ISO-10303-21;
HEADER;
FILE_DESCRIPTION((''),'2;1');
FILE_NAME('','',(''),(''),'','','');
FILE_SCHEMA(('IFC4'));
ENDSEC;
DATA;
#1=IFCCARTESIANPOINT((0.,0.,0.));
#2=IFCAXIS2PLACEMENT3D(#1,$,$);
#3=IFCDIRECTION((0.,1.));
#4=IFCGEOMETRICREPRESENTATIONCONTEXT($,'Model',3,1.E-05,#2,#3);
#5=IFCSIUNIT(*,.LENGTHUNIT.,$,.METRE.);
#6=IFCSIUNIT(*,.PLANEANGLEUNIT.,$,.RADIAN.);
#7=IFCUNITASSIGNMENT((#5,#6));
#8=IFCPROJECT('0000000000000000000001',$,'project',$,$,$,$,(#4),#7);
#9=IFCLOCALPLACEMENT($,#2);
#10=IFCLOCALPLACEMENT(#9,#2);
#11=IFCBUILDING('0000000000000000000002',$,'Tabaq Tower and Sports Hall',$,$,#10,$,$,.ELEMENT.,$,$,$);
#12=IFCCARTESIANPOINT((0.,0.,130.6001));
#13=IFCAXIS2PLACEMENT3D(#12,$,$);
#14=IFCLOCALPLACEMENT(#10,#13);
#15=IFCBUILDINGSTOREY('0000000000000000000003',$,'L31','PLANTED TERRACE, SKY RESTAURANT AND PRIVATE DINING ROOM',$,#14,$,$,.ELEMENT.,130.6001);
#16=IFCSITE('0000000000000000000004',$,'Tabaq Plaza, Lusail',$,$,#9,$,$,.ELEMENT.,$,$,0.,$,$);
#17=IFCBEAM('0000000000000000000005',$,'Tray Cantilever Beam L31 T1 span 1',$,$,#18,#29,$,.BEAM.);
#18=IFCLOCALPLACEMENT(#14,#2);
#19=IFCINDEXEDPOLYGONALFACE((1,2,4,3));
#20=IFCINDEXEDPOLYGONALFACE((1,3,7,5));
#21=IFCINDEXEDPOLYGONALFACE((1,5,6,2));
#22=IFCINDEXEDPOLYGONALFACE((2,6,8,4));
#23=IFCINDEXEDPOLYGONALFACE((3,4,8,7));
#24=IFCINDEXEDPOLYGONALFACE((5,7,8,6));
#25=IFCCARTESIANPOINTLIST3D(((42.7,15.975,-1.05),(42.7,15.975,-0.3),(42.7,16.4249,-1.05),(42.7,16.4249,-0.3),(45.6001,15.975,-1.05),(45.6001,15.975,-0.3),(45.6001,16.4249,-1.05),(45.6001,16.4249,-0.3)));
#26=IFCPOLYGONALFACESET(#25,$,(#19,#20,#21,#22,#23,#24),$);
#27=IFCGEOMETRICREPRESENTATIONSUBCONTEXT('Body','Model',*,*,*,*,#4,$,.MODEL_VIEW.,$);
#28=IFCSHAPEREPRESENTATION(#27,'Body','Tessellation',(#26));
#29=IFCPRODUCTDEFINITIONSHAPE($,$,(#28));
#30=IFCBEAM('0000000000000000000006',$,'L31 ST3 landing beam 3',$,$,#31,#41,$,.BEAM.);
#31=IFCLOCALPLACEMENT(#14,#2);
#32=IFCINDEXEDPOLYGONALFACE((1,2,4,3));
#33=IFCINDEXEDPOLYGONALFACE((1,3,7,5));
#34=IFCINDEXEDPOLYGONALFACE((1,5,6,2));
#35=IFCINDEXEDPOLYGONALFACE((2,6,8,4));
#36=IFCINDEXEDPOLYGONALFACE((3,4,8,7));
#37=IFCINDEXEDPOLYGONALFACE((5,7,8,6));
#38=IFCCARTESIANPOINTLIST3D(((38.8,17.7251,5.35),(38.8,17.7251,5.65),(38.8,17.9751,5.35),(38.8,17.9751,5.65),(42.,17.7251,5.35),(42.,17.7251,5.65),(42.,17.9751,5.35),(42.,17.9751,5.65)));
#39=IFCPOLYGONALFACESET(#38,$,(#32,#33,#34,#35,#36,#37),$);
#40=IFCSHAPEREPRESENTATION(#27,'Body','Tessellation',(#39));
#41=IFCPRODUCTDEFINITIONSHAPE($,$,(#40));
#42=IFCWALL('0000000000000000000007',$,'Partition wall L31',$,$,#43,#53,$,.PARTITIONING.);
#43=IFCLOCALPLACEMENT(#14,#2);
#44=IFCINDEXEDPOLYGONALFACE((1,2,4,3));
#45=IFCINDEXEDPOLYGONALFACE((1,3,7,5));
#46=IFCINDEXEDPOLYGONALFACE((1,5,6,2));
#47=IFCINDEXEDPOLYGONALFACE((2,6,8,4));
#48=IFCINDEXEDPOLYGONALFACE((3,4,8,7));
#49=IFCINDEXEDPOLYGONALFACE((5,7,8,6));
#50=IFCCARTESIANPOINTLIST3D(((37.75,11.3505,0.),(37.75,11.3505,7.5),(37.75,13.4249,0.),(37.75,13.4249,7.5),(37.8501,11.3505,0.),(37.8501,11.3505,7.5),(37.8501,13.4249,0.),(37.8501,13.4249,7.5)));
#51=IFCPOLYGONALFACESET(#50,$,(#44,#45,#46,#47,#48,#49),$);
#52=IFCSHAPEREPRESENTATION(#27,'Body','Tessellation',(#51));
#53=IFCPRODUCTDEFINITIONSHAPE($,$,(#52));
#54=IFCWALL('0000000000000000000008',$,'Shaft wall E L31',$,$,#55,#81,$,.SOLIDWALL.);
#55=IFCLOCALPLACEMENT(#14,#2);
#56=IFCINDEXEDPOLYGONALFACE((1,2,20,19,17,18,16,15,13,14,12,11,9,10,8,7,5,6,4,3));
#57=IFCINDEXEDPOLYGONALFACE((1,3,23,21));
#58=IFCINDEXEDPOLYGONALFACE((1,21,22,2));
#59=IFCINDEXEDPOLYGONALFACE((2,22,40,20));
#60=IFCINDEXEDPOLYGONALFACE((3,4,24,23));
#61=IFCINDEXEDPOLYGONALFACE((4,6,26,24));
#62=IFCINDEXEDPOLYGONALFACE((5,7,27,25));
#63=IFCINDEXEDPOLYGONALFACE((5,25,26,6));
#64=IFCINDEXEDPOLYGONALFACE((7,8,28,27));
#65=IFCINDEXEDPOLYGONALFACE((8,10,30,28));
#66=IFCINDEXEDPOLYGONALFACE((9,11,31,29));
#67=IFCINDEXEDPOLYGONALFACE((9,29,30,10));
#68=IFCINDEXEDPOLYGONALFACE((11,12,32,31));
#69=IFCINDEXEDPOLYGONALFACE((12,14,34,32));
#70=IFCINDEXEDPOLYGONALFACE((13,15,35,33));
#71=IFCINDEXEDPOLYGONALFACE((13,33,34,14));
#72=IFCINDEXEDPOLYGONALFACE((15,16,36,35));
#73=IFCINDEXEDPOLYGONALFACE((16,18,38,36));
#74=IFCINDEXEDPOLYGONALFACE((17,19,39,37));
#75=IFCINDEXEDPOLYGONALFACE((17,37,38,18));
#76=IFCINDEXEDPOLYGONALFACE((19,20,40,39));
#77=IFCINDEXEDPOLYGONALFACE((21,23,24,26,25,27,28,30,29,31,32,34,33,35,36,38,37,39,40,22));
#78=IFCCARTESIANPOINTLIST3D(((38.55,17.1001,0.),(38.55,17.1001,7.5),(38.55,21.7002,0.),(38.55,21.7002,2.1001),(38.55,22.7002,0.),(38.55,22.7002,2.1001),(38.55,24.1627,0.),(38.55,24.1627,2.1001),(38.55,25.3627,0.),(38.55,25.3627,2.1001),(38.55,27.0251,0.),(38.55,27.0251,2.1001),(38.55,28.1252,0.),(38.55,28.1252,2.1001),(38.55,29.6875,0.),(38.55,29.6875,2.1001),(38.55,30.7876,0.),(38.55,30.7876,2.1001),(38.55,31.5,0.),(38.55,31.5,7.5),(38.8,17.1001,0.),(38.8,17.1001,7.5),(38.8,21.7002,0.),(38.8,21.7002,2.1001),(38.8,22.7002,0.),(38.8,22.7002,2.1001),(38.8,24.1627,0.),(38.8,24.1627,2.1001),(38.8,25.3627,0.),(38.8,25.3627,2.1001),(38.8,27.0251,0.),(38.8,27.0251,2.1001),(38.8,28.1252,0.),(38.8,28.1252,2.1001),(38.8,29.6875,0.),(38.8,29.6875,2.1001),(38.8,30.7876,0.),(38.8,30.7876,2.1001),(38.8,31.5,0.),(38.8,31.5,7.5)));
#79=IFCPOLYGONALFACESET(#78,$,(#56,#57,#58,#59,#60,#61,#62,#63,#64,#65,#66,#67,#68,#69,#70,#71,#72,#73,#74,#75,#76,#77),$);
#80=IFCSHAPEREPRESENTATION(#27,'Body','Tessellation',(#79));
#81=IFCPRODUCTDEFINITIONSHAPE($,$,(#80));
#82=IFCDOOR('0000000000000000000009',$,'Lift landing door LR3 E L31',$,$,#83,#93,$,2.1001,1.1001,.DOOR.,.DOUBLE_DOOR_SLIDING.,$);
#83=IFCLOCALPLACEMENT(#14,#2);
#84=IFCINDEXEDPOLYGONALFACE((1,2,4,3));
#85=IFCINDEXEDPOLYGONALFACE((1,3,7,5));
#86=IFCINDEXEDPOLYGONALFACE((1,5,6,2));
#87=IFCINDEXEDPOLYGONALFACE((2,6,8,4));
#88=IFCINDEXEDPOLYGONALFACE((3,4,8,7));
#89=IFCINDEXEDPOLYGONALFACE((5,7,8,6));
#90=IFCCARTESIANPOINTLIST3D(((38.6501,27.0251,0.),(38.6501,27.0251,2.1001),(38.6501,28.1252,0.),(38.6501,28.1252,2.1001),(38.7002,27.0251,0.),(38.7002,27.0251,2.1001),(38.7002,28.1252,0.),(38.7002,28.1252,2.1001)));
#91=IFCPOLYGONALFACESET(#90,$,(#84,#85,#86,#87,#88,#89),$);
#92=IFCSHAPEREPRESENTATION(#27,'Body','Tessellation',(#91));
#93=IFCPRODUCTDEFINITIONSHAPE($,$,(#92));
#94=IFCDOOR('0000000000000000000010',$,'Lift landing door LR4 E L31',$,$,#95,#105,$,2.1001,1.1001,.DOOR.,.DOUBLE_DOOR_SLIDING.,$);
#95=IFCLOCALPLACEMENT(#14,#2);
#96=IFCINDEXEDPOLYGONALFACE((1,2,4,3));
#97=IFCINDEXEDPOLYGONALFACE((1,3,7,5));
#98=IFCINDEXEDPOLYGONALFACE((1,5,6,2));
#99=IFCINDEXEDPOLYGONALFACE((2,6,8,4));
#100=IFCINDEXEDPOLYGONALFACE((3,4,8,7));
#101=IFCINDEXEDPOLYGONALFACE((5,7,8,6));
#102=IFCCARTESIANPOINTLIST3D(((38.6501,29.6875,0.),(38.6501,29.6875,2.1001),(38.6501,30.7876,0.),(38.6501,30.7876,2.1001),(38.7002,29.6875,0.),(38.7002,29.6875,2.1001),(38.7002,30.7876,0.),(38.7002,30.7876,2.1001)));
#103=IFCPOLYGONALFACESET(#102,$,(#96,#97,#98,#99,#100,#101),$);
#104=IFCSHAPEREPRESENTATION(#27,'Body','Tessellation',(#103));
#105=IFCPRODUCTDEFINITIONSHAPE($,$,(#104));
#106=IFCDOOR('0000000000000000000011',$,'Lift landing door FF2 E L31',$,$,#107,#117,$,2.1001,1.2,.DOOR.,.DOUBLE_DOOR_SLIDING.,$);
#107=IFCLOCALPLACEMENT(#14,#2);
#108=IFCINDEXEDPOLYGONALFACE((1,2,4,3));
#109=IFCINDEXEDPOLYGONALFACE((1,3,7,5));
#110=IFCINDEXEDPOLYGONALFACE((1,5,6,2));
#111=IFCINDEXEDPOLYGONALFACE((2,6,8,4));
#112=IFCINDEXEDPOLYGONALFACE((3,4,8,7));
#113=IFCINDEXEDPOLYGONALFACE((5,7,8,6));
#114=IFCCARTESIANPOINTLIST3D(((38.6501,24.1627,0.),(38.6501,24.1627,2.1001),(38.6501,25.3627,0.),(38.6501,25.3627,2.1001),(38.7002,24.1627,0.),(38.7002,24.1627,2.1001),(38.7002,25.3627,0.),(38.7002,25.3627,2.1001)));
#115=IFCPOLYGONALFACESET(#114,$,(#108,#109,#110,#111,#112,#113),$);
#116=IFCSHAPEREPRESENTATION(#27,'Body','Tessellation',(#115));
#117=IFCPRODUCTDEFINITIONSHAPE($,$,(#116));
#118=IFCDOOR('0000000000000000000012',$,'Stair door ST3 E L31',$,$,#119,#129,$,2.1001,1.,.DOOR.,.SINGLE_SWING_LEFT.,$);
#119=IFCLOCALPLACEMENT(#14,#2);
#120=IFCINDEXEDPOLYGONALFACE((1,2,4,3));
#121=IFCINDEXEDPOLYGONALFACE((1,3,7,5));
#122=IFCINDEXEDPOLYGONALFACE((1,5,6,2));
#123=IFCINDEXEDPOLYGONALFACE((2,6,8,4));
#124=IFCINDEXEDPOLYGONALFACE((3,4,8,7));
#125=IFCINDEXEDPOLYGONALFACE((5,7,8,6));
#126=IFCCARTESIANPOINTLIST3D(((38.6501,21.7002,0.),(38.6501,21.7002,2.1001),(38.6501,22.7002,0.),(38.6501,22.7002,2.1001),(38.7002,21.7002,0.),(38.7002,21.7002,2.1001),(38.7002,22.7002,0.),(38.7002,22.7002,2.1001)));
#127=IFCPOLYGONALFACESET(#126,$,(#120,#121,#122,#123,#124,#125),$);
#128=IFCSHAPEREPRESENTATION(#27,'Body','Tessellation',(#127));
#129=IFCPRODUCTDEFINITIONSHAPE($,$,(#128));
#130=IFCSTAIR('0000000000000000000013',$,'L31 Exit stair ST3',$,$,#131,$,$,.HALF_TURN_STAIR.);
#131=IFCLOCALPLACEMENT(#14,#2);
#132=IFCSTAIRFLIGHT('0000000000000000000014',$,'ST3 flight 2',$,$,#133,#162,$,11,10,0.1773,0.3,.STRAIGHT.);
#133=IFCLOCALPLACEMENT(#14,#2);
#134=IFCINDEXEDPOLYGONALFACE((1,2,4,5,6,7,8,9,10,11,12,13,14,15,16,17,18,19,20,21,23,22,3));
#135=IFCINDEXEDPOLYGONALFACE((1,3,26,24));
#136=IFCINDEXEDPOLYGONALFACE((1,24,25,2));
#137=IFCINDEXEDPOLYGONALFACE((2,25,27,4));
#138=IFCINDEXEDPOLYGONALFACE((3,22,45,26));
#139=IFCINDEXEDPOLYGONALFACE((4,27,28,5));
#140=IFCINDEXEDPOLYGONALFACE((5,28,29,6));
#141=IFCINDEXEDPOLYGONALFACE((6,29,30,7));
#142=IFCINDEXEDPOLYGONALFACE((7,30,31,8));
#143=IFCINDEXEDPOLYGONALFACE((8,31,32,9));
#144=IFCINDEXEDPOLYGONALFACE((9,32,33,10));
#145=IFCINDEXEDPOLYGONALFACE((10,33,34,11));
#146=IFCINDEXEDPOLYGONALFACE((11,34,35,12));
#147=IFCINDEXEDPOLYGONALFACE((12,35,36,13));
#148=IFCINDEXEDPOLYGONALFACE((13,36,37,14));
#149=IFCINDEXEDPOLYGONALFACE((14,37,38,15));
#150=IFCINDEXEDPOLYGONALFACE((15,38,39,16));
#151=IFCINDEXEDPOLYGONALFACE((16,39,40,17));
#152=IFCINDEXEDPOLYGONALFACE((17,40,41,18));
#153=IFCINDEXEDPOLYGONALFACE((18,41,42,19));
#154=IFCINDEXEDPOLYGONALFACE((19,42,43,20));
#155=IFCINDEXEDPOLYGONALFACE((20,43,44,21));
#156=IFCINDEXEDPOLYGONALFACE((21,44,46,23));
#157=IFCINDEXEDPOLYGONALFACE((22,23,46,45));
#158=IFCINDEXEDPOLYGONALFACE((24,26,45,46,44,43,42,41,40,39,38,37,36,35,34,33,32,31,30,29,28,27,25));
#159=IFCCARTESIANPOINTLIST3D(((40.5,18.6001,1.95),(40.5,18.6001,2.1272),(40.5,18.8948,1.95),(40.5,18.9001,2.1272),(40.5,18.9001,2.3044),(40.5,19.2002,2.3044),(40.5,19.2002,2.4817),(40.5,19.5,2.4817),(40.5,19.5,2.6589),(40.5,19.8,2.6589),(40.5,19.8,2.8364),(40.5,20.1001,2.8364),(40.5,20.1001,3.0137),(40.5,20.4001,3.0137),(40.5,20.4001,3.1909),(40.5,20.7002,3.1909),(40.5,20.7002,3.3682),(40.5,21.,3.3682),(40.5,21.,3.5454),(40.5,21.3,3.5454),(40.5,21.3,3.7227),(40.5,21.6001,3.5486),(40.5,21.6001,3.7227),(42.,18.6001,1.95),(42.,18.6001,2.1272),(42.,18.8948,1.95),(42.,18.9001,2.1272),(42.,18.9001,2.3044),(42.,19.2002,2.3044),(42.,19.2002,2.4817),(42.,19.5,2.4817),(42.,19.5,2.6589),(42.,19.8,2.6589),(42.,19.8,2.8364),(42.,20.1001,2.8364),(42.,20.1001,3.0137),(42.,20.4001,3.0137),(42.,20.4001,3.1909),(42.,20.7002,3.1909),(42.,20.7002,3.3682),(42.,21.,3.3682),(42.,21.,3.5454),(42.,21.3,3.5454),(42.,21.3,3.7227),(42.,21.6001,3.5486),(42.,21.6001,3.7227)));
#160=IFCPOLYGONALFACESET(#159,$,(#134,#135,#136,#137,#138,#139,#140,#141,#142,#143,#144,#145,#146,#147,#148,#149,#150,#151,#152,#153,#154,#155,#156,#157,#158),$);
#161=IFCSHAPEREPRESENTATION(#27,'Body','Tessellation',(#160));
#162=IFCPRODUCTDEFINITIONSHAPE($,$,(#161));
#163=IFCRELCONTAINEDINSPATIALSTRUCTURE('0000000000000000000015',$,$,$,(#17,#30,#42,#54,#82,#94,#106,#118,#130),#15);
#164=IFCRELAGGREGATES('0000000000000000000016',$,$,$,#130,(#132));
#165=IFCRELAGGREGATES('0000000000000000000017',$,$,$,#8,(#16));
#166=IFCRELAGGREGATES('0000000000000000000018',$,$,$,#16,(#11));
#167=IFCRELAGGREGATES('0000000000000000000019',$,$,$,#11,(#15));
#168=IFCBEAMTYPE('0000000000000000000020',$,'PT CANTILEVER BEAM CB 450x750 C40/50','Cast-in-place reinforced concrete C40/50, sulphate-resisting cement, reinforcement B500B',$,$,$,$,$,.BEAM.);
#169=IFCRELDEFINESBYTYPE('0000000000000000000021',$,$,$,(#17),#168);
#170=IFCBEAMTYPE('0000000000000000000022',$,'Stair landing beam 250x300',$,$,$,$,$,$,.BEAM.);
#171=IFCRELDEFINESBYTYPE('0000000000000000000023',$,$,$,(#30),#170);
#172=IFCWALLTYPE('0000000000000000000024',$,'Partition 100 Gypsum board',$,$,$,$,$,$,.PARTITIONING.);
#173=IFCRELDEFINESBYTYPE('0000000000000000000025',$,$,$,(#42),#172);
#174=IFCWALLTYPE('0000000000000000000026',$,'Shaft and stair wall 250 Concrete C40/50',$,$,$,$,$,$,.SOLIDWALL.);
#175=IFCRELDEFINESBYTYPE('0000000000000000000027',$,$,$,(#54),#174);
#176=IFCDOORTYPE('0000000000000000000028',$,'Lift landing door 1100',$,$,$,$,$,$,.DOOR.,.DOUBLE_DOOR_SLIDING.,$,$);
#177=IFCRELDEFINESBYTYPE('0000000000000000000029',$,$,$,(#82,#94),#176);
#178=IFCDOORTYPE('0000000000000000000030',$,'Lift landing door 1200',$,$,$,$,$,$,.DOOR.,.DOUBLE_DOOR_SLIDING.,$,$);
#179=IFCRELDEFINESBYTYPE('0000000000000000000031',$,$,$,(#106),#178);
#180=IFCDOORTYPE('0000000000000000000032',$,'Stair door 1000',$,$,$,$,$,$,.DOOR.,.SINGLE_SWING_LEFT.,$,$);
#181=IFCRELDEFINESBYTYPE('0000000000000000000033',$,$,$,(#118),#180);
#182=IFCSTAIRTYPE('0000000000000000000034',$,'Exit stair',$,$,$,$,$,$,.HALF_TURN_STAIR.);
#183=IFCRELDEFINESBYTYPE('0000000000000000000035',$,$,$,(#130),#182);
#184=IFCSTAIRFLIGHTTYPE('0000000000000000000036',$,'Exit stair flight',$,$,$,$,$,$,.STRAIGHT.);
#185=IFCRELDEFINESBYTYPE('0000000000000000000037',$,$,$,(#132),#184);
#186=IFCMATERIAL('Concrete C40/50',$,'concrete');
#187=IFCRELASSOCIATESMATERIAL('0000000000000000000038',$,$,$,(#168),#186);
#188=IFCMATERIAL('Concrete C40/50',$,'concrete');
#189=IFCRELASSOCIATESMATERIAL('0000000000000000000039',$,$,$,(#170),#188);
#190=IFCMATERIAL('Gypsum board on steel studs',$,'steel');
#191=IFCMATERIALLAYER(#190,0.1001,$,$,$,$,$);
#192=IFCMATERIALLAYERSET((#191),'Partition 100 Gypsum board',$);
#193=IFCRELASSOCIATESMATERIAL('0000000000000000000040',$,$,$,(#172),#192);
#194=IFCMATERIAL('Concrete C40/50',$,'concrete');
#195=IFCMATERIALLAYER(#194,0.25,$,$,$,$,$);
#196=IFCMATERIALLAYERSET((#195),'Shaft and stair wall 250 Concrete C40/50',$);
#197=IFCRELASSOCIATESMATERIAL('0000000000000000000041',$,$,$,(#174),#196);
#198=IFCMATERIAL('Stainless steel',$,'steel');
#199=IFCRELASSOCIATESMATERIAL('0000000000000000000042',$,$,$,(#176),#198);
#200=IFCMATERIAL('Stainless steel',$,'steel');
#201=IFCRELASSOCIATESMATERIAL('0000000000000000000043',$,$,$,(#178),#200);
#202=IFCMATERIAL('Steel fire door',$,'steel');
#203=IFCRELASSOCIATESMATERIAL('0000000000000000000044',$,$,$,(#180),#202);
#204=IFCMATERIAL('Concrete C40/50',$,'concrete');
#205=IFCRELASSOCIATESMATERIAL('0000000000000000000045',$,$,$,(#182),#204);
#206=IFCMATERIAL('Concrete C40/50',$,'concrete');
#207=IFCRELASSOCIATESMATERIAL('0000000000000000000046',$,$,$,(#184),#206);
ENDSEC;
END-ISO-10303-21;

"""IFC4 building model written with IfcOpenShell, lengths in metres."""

from ifc_helpers import new_model, si_unit, direction, frame, frame_2d, origin, origin_2d, place, context, subcontext, project, spatial, polyline, rectangle, outline, extrude, material, layer, layer_set, material_profile, profile_set, type_object, element, fill, aggregate, save


model = new_model("IFC4")

# Units and contexts
model_context = context("Model", 3, precision=1e-05, world=origin(), true_north=direction((0.0, 1.0)))
body_context = subcontext(model_context, "Body", "Model", "MODEL_VIEW")
ifc_project = project(units=[si_unit("LENGTHUNIT", "METRE"), si_unit("PLANEANGLEUNIT", "RADIAN")], contexts=[model_context])

# Site, building, storey
site_placement = place(None, origin())
site = spatial("IfcSite", under=ifc_project, at=site_placement, Name="Tabaq Plaza, Lusail", CompositionType="ELEMENT", RefElevation=0.0)
building_placement = place(site_placement, origin())
building = spatial("IfcBuilding", under=site, at=building_placement, Name="Tabaq Tower and Sports Hall", CompositionType="ELEMENT")
storey_placement = place(building_placement, frame((0.0, 0.0, 130.6001)))
storey = spatial("IfcBuildingStorey", under=building, at=storey_placement, Name="L31", Description="PLANTED TERRACE, SKY RESTAURANT AND PRIVATE DINING ROOM", CompositionType="ELEMENT", Elevation=130.6001)

# Beams
ifc_material_1 = material(Name="Concrete C40/50", Category="concrete")
ifc_material_profile_1 = material_profile(ifc_material_1, rectangle(XDim=0.45, YDim=0.75, at=origin_2d()), Name="CB 450x750")
ifc_profile_set_1 = profile_set([ifc_material_profile_1], Name="Concrete C40/50")
beam_type_1 = type_object("IfcBeamType", Name="PT CANTILEVER BEAM CB 450x750 C40/50", Description="Cast-in-place reinforced concrete C40/50, sulphate-resisting cement, reinforcement B500B", PredefinedType="BEAM", material=ifc_profile_set_1)
beam_1_placement = place(storey_placement, frame((45.6001, 16.2, -0.675), z_axis=(-1.0, 0.0, 0.0), x_axis=(0.0, -1.0, 0.0)))
element("IfcBeam", 1, at=beam_1_placement, inside=storey, type_object=beam_type_1, Name="Tray Cantilever Beam L31 T1 span 1", PredefinedType="BEAM", context=body_context, shape_type="SweptSolid", body=[
    extrude(rectangle(XDim=0.45, YDim=0.75, at=origin_2d()), origin(), (0.0, 0.0, 1.0), 2.9001),
])
ifc_material_2 = material(Name="Concrete C40/50", Category="concrete")
ifc_material_profile_2 = material_profile(ifc_material_2, rectangle(XDim=0.25, YDim=0.3, at=origin_2d()), Name="RC 250x300")
ifc_profile_set_2 = profile_set([ifc_material_profile_2], Name="Concrete C40/50")
beam_type_2 = type_object("IfcBeamType", Name="Stair landing beam 250x300", PredefinedType="BEAM", material=ifc_profile_set_2)
beam_2_placement = place(storey_placement, frame((38.8, 17.8501, 5.5), z_axis=(1.0, 0.0, 0.0), x_axis=(0.0, 1.0, 0.0)))
element("IfcBeam", 2, at=beam_2_placement, inside=storey, type_object=beam_type_2, Name="L31 ST3 landing beam 3", PredefinedType="BEAM", context=body_context, shape_type="SweptSolid", body=[
    extrude(rectangle(XDim=0.25, YDim=0.3, at=origin_2d()), origin(), (0.0, 0.0, 1.0), 3.2),
])

# Wall
ifc_material_3 = material(Name="Gypsum board on steel studs", Category="steel")
ifc_layer_1 = layer(ifc_material_3, 0.1001)
ifc_layer_set_1 = layer_set([ifc_layer_1], Name="Partition 100 Gypsum board")
wall_type_1 = type_object("IfcWallType", Name="Partition 100 Gypsum board", PredefinedType="PARTITIONING", material=ifc_layer_set_1)
wall_1_placement = place(storey_placement, frame((37.8, 11.3506, 0.0), z_axis=(0.0, 0.0, 1.0), x_axis=(0.0, 1.0, 0.0)))
element("IfcWall", 3, at=wall_1_placement, inside=storey, type_object=wall_type_1, Name="Partition wall L31", PredefinedType="PARTITIONING", context=body_context, shape_type="SweptSolid", body=[
    extrude(rectangle(XDim=2.0745, YDim=0.1001, at=frame_2d((1.0371, 0.0))), origin(), (0.0, 0.0, 1.0), 7.5),
])

# Wall, openings, doors
ifc_material_4 = material(Name="Concrete C40/50", Category="concrete")
ifc_layer_2 = layer(ifc_material_4, 0.25)
ifc_layer_set_2 = layer_set([ifc_layer_2], Name="Shaft and stair wall 250 Concrete C40/50")
wall_type_2 = type_object("IfcWallType", Name="Shaft and stair wall 250 Concrete C40/50", PredefinedType="SOLIDWALL", material=ifc_layer_set_2)
wall_2_placement = place(storey_placement, frame((38.675, 17.1001, 0.0), z_axis=(0.0, 0.0, 1.0), x_axis=(0.0, 1.0, 0.0)))
wall_2 = element("IfcWall", 4, at=wall_2_placement, inside=storey, type_object=wall_type_2, Name="Shaft wall E L31", PredefinedType="SOLIDWALL", context=body_context, shape_type="SweptSolid", body=[
    extrude(rectangle(XDim=14.3999, YDim=0.25, at=frame_2d((7.2, 0.0))), origin(), (0.0, 0.0, 1.0), 7.5),
])
opening_1_placement = place(wall_2_placement, frame((4.6001, 0.0, 0.0)))
opening_1 = element("IfcOpeningElement", 5, at=opening_1_placement, cuts=wall_2, PredefinedType="OPENING", context=body_context, shape_type="SweptSolid", body=[
    extrude(rectangle(XDim=1.0, YDim=2.1001, at=frame_2d((0.5, 1.05))), frame((0.0, 0.125, 0.0), z_axis=(0.0, -1.0, 0.0), x_axis=(1.0, 0.0, 0.0)), (0.0, 0.0, 1.0), 0.25),
])
opening_2_placement = place(wall_2_placement, frame((7.0625, 0.0, 0.0)))
opening_2 = element("IfcOpeningElement", 6, at=opening_2_placement, cuts=wall_2, PredefinedType="OPENING", context=body_context, shape_type="SweptSolid", body=[
    extrude(rectangle(XDim=1.2, YDim=2.1001, at=frame_2d((0.6001, 1.05))), frame((0.0, 0.125, 0.0), z_axis=(0.0, -1.0, 0.0), x_axis=(1.0, 0.0, 0.0)), (0.0, 0.0, 1.0), 0.25),
])
opening_3_placement = place(wall_2_placement, frame((9.925, 0.0, 0.0)))
opening_3 = element("IfcOpeningElement", 7, at=opening_3_placement, cuts=wall_2, PredefinedType="OPENING", context=body_context, shape_type="SweptSolid", body=[
    extrude(rectangle(XDim=1.1001, YDim=2.1001, at=frame_2d((0.55, 1.05))), frame((0.0, 0.125, 0.0), z_axis=(0.0, -1.0, 0.0), x_axis=(1.0, 0.0, 0.0)), (0.0, 0.0, 1.0), 0.25),
])
opening_4_placement = place(wall_2_placement, frame((12.5874, 0.0, 0.0)))
opening_4 = element("IfcOpeningElement", 8, at=opening_4_placement, cuts=wall_2, PredefinedType="OPENING", context=body_context, shape_type="SweptSolid", body=[
    extrude(rectangle(XDim=1.1001, YDim=2.1001, at=frame_2d((0.55, 1.05))), frame((0.0, 0.125, 0.0), z_axis=(0.0, -1.0, 0.0), x_axis=(1.0, 0.0, 0.0)), (0.0, 0.0, 1.0), 0.25),
])
ifc_material_5 = material(Name="Stainless steel", Category="steel")
door_type_1 = type_object("IfcDoorType", Name="Lift landing door 1100", OperationType="DOUBLE_DOOR_SLIDING", PredefinedType="DOOR", material=ifc_material_5)
door_1_placement = place(opening_3_placement, origin())
door_1 = element("IfcDoor", 9, at=door_1_placement, inside=storey, type_object=door_type_1, Name="Lift landing door LR3 E L31", OperationType="DOUBLE_DOOR_SLIDING", OverallHeight=2.1001, OverallWidth=1.1001, PredefinedType="DOOR", context=body_context, shape_type="SweptSolid", body=[
    extrude(rectangle(XDim=1.1001, YDim=2.1001, at=frame_2d((0.55, 1.05))), frame((0.0, 0.0249, 0.0), z_axis=(0.0, -1.0, 0.0), x_axis=(1.0, 0.0, 0.0)), (0.0, 0.0, 1.0), 0.05),
])
fill(opening_3, door_1)
door_2_placement = place(opening_4_placement, origin())
door_2 = element("IfcDoor", 10, at=door_2_placement, inside=storey, type_object=door_type_1, Name="Lift landing door LR4 E L31", OperationType="DOUBLE_DOOR_SLIDING", OverallHeight=2.1001, OverallWidth=1.1001, PredefinedType="DOOR", context=body_context, shape_type="SweptSolid", body=[
    extrude(rectangle(XDim=1.1001, YDim=2.1001, at=frame_2d((0.55, 1.05))), frame((0.0, 0.0249, 0.0), z_axis=(0.0, -1.0, 0.0), x_axis=(1.0, 0.0, 0.0)), (0.0, 0.0, 1.0), 0.05),
])
fill(opening_4, door_2)
ifc_material_6 = material(Name="Stainless steel", Category="steel")
door_type_2 = type_object("IfcDoorType", Name="Lift landing door 1200", OperationType="DOUBLE_DOOR_SLIDING", PredefinedType="DOOR", material=ifc_material_6)
door_3_placement = place(opening_2_placement, origin())
door_3 = element("IfcDoor", 11, at=door_3_placement, inside=storey, type_object=door_type_2, Name="Lift landing door FF2 E L31", OperationType="DOUBLE_DOOR_SLIDING", OverallHeight=2.1001, OverallWidth=1.2, PredefinedType="DOOR", context=body_context, shape_type="SweptSolid", body=[
    extrude(rectangle(XDim=1.2, YDim=2.1001, at=frame_2d((0.6001, 1.05))), frame((0.0, 0.0249, 0.0), z_axis=(0.0, -1.0, 0.0), x_axis=(1.0, 0.0, 0.0)), (0.0, 0.0, 1.0), 0.05),
])
fill(opening_2, door_3)
ifc_material_7 = material(Name="Steel fire door", Category="steel")
door_type_3 = type_object("IfcDoorType", Name="Stair door 1000", OperationType="SINGLE_SWING_LEFT", PredefinedType="DOOR", material=ifc_material_7)
door_4_placement = place(opening_1_placement, origin())
door_4 = element("IfcDoor", 12, at=door_4_placement, inside=storey, type_object=door_type_3, Name="Stair door ST3 E L31", OperationType="SINGLE_SWING_LEFT", OverallHeight=2.1001, OverallWidth=1.0, PredefinedType="DOOR", context=body_context, shape_type="SweptSolid", body=[
    extrude(rectangle(XDim=1.0, YDim=2.1001, at=frame_2d((0.5, 1.05))), frame((0.0, 0.0249, 0.0), z_axis=(0.0, -1.0, 0.0), x_axis=(1.0, 0.0, 0.0)), (0.0, 0.0, 1.0), 0.05),
])
fill(opening_1, door_4)

# Stair, stair flight
ifc_material_8 = material(Name="Concrete C40/50", Category="concrete")
stair_type = type_object("IfcStairType", Name="Exit stair", PredefinedType="HALF_TURN_STAIR", material=ifc_material_8)
stair_placement = place(storey_placement, origin())
stair = element("IfcStair", 13, at=stair_placement, inside=storey, type_object=stair_type, Name="L31 Exit stair ST3", PredefinedType="HALF_TURN_STAIR")
ifc_material_9 = material(Name="Concrete C40/50", Category="concrete")
stair_flight_type = type_object("IfcStairFlightType", Name="Exit stair flight", PredefinedType="STRAIGHT", material=ifc_material_9)
stair_flight_1_placement = place(storey_placement, frame((41.25, 18.6001, 1.95), z_axis=(0.0, 0.0, 1.0), x_axis=(0.0, 1.0, 0.0)))
stair_flight_1 = element("IfcStairFlight", 14, at=stair_flight_1_placement, type_object=stair_flight_type, Name="ST3 flight 2", NumberOfRisers=11, NumberOfTreads=10, PredefinedType="STRAIGHT", RiserHeight=0.1773, TreadLength=0.3, context=body_context, shape_type="SweptSolid", body=[
    extrude(outline(polyline([(0.0, 0.0), (0.0, 0.1772), (0.3, 0.1772), (0.3, 0.3545), (0.6001, 0.3545), (0.6001, 0.5317), (0.8999, 0.5317), (0.8999, 0.709), (1.2, 0.709), (1.2, 0.8865), (1.5, 0.8865), (1.5, 1.0637), (1.8, 1.0637), (1.8, 1.241), (2.1001, 1.241), (2.1001, 1.4182), (2.3999, 1.4182), (2.3999, 1.5955), (2.7, 1.5955), (2.7, 1.7727), (3.0, 1.7727), (3.0, 1.95), (3.0, 1.5986), (0.2947, 0.0), (0.0, 0.0)])), frame((0.0, 0.75, 0.0), z_axis=(0.0, -1.0, 0.0), x_axis=(1.0, 0.0, 0.0)), (0.0, 0.0, 1.0), 1.5),
])
aggregate(stair, [stair_flight_1])

save(model, "model.ifc")
